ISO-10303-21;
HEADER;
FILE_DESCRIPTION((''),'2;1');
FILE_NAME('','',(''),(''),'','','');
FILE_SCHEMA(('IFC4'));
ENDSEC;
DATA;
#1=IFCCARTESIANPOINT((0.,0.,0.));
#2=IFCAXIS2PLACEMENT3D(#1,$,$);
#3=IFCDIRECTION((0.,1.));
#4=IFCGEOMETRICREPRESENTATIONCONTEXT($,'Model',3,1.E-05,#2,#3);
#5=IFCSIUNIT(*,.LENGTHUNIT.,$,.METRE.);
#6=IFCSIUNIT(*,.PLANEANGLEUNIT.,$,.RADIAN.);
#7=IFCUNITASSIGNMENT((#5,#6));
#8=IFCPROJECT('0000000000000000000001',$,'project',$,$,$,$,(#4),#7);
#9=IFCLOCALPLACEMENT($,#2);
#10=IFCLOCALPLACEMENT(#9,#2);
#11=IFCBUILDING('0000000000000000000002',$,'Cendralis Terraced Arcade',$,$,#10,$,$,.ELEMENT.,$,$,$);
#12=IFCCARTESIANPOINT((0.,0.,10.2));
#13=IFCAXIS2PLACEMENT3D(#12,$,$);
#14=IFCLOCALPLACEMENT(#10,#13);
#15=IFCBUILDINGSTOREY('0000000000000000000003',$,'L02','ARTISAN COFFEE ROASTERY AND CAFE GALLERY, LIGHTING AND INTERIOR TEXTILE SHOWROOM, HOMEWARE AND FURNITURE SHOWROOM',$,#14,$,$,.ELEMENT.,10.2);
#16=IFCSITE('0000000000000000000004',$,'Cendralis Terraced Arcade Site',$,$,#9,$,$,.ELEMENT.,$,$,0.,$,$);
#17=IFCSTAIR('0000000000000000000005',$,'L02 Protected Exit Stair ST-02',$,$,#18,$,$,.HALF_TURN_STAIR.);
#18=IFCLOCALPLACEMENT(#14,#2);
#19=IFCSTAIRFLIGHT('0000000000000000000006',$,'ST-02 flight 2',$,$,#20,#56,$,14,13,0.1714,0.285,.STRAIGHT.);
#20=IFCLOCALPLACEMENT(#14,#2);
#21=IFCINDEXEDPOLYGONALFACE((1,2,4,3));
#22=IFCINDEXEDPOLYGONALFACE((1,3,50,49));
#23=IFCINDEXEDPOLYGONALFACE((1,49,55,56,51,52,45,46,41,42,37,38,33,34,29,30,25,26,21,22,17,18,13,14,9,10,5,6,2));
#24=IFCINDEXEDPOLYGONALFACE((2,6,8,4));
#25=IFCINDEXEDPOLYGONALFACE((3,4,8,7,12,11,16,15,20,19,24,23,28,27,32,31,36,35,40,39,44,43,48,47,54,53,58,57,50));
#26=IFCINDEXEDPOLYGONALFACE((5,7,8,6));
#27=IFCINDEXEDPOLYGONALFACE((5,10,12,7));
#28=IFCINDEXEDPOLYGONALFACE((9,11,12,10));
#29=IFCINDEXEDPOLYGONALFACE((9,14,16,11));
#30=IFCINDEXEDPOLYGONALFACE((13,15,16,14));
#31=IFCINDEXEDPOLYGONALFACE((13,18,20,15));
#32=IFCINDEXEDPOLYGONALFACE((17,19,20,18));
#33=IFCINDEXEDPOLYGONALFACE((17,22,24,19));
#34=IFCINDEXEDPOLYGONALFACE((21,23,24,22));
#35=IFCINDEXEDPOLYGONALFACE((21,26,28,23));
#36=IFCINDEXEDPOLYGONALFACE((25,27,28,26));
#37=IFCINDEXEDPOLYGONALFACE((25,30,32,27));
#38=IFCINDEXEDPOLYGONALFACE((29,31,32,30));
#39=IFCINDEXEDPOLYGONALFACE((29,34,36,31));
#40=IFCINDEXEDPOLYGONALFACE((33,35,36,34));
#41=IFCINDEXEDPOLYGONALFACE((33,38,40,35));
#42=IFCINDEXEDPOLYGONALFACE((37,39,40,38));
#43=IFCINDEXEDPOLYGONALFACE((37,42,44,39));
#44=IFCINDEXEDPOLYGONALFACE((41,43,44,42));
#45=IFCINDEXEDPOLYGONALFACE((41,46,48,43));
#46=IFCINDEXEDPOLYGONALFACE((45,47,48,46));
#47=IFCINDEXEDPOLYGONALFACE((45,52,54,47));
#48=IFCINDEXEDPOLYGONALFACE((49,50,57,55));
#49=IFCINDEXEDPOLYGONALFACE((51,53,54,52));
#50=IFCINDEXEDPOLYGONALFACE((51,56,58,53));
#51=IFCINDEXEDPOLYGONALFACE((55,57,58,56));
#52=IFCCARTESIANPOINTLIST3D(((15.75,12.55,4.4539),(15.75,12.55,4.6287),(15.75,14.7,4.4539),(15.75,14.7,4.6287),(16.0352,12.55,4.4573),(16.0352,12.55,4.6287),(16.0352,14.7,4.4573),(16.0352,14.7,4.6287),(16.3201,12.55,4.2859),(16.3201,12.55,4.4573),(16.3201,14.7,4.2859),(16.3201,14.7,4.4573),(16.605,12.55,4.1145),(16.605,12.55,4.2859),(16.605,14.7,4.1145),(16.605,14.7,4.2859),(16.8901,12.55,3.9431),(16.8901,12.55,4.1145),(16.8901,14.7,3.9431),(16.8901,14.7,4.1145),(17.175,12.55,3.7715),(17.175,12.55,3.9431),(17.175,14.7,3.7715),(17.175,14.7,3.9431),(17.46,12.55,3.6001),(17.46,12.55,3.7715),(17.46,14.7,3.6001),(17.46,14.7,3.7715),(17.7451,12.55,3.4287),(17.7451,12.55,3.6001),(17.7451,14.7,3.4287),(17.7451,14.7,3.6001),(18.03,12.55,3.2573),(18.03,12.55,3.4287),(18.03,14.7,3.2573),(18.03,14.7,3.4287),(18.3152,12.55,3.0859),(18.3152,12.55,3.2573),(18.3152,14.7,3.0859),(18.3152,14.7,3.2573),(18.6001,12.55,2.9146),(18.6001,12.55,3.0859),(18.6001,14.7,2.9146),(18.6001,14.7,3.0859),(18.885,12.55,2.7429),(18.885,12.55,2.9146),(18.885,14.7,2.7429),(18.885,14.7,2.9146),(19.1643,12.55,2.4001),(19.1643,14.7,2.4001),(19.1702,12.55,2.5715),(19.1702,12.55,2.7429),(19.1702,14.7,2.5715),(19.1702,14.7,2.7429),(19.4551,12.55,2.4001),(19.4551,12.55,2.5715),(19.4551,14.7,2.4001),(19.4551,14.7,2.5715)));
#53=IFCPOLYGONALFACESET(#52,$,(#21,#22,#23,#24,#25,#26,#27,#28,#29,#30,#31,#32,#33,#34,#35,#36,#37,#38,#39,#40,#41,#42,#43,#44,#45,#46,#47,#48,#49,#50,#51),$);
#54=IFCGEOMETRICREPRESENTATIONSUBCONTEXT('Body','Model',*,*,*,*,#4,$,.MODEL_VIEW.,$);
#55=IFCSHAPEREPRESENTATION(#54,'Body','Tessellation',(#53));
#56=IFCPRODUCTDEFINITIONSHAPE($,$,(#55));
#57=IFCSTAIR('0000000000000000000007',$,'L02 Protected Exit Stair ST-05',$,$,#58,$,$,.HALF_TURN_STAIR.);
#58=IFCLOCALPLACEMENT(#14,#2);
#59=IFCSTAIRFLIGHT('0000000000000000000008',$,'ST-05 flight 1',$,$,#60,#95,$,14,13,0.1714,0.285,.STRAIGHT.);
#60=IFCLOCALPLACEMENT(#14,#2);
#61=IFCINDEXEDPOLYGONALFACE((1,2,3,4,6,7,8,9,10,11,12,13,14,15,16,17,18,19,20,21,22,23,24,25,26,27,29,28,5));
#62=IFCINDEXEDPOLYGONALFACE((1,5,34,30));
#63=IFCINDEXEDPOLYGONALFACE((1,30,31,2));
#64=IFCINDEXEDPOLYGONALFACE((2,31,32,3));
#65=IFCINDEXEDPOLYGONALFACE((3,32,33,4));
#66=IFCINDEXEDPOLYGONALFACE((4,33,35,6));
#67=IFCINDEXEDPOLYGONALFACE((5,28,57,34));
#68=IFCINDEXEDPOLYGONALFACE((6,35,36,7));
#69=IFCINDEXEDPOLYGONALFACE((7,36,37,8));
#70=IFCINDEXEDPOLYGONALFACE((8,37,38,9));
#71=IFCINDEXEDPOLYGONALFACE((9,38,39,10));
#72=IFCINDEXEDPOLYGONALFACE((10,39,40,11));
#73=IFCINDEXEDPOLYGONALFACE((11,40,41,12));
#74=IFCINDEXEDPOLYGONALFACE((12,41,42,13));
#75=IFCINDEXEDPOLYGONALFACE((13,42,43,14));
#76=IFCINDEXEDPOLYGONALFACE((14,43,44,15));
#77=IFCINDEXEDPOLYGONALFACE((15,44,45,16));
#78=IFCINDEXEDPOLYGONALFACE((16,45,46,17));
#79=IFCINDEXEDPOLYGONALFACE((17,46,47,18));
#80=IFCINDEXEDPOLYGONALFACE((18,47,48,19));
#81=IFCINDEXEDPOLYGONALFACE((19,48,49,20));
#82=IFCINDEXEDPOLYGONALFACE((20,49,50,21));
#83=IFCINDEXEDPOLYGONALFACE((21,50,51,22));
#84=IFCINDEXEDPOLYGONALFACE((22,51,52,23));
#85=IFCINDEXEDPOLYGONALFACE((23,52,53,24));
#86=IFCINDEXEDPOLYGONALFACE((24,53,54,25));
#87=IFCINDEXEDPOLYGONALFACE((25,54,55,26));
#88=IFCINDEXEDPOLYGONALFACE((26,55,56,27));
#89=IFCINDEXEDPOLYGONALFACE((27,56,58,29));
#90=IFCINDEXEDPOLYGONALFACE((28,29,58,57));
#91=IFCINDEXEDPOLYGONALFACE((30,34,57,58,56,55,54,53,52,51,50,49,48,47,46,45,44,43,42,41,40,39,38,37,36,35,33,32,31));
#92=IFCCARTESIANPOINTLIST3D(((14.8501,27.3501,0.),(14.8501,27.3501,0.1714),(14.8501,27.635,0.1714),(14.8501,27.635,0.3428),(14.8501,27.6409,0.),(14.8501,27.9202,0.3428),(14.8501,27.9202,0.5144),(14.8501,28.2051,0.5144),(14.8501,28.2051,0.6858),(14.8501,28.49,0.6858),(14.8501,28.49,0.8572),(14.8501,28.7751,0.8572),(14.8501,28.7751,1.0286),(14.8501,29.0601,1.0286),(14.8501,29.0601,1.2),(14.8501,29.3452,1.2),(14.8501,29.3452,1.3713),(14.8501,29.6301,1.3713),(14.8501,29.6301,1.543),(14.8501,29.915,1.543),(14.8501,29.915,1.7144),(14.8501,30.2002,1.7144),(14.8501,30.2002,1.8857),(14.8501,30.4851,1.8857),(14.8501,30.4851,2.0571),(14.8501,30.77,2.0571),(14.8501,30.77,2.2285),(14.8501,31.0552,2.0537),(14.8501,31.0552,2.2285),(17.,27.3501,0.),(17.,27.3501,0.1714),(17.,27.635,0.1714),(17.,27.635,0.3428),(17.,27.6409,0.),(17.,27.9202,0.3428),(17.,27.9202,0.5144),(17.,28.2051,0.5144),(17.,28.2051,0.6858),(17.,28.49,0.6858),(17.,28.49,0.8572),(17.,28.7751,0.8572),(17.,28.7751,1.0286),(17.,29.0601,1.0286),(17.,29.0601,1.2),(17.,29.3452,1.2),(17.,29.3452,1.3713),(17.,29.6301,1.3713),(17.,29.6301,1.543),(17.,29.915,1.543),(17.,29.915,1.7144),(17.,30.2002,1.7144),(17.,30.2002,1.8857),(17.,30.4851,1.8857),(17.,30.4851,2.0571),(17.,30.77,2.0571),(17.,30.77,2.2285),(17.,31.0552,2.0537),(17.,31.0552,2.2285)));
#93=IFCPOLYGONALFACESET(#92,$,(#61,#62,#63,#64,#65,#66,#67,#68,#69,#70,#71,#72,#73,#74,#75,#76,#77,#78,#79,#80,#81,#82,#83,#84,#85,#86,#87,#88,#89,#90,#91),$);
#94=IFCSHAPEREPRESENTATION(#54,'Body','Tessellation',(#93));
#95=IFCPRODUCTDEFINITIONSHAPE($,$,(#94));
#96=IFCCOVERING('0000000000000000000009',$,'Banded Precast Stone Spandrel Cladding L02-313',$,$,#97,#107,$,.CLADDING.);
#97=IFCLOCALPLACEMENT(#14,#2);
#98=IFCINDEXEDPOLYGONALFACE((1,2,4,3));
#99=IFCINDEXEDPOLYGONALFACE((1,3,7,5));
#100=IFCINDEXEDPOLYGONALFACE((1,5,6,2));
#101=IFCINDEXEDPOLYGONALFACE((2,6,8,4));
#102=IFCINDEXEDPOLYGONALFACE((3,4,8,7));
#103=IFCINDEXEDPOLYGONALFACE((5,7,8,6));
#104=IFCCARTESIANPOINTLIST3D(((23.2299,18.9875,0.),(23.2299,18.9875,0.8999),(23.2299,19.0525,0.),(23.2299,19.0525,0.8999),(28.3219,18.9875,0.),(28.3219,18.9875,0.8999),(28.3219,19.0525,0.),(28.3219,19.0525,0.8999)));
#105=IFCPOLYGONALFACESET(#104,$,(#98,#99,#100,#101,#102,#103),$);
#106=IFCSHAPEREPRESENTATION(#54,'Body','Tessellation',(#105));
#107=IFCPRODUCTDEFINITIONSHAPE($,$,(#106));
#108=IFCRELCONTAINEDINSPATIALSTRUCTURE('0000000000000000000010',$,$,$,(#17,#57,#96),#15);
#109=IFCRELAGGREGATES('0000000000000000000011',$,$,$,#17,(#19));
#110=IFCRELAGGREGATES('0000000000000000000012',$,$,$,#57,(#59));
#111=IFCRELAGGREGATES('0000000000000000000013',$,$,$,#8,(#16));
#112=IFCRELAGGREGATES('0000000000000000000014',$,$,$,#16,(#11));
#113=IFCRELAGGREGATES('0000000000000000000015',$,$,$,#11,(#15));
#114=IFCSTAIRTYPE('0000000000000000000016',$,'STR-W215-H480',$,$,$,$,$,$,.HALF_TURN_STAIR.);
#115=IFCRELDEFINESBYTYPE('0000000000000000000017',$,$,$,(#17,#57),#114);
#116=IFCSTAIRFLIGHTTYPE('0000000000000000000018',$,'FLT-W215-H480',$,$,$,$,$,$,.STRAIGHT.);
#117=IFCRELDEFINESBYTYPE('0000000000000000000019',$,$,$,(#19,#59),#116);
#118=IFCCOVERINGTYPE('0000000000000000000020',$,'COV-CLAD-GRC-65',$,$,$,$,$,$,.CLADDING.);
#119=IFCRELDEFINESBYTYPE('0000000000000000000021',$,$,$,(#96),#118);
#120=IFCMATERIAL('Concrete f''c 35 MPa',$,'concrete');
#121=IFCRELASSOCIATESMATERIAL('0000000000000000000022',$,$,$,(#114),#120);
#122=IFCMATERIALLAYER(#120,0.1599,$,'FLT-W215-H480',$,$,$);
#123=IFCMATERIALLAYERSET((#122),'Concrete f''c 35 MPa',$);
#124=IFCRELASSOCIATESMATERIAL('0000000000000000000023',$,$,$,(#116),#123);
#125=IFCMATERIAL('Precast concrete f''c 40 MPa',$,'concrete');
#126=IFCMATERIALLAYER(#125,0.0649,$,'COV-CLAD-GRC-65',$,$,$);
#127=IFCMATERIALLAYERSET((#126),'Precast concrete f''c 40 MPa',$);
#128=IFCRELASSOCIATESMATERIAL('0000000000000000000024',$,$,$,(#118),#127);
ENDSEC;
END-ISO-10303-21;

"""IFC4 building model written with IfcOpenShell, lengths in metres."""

from ifc_helpers import new_model, si_unit, direction, frame, origin, origin_2d, place, context, subcontext, project, spatial, polyline, rectangle, outline, extrude, material, layer, layer_set, type_object, element, aggregate, save


model = new_model("IFC4")

# Units and contexts
model_context = context("Model", 3, precision=1e-05, world=origin(), true_north=direction((0.0, 1.0)))
body_context = subcontext(model_context, "Body", "Model", "MODEL_VIEW")
ifc_project = project(units=[si_unit("LENGTHUNIT", "METRE"), si_unit("PLANEANGLEUNIT", "RADIAN")], contexts=[model_context])

# Site, building, storey
site_placement = place(None, origin())
site = spatial("IfcSite", under=ifc_project, at=site_placement, Name="Cendralis Terraced Arcade Site", CompositionType="ELEMENT", RefElevation=0.0)
building_placement = place(site_placement, origin())
building = spatial("IfcBuilding", under=site, at=building_placement, Name="Cendralis Terraced Arcade", CompositionType="ELEMENT")
storey_placement = place(building_placement, frame((0.0, 0.0, 10.2)))
storey = spatial("IfcBuildingStorey", under=building, at=storey_placement, Name="L02", Description="ARTISAN COFFEE ROASTERY AND CAFE GALLERY, LIGHTING AND INTERIOR TEXTILE SHOWROOM, HOMEWARE AND FURNITURE SHOWROOM", CompositionType="ELEMENT", Elevation=10.2)

# Shared definitions
ifc_material_1 = material(Name="Concrete f'c 35 MPa", Category="concrete")

# Shared definitions
ifc_material_2 = material(Name="Precast concrete f'c 40 MPa", Category="concrete")

# Stair, stair flight
stair_type = type_object("IfcStairType", Name="STR-W215-H480", PredefinedType="HALF_TURN_STAIR", material=ifc_material_1)
stair_1_placement = place(storey_placement, origin())
stair_1 = element("IfcStair", 1, at=stair_1_placement, inside=storey, type_object=stair_type, Name="L02 Protected Exit Stair ST-02", PredefinedType="HALF_TURN_STAIR")
ifc_layer_1 = layer(ifc_material_1, 0.1599, Name="FLT-W215-H480")
ifc_layer_set_1 = layer_set([ifc_layer_1], Name="Concrete f'c 35 MPa")
stair_flight_type = type_object("IfcStairFlightType", Name="FLT-W215-H480", PredefinedType="STRAIGHT", material=ifc_layer_set_1)
stair_flight_1_placement = place(storey_placement, frame((19.4551, 13.625, 2.4001), z_axis=(0.0, 0.0, 1.0), x_axis=(-1.0, 0.0, 0.0)))
stair_flight_1 = element("IfcStairFlight", 2, at=stair_flight_1_placement, type_object=stair_flight_type, Name="ST-02 flight 2", NumberOfRisers=14, NumberOfTreads=13, PredefinedType="STRAIGHT", RiserHeight=0.1714, TreadLength=0.285, context=body_context, shape_type="SweptSolid", body=[
    extrude(outline(polyline([(0.0, 0.0), (0.0, 0.1714), (0.2849, 0.1714), (0.2849, 0.3428), (0.5701, 0.3428), (0.5701, 0.5144), (0.855, 0.5144), (0.855, 0.6858), (1.1399, 0.6858), (1.1399, 0.8572), (1.425, 0.8572), (1.425, 1.0286), (1.71, 1.0286), (1.71, 1.2), (1.9951, 1.2), (1.9951, 1.3713), (2.28, 1.3713), (2.28, 1.543), (2.5649, 1.543), (2.5649, 1.7144), (2.8501, 1.7144), (2.8501, 1.8857), (3.135, 1.8857), (3.135, 2.0571), (3.4199, 2.0571), (3.4199, 2.2285), (3.7051, 2.2285), (3.7051, 2.3999), (3.7051, 2.0537), (0.2908, 0.0), (0.0, 0.0)])), frame((0.0, 1.075, 0.0), z_axis=(0.0, -1.0, 0.0), x_axis=(1.0, 0.0, 0.0)), (0.0, 0.0, 1.0), 2.1499),
])
aggregate(stair_1, [stair_flight_1])

# Stair, stair flight
stair_2_placement = place(storey_placement, origin())
stair_2 = element("IfcStair", 3, at=stair_2_placement, inside=storey, type_object=stair_type, Name="L02 Protected Exit Stair ST-05", PredefinedType="HALF_TURN_STAIR")
stair_flight_2_placement = place(storey_placement, frame((15.925, 27.3501, 0.0), z_axis=(0.0, 0.0, 1.0), x_axis=(0.0, 1.0, 0.0)))
stair_flight_2 = element("IfcStairFlight", 4, at=stair_flight_2_placement, type_object=stair_flight_type, Name="ST-05 flight 1", NumberOfRisers=14, NumberOfTreads=13, PredefinedType="STRAIGHT", RiserHeight=0.1714, TreadLength=0.285, context=body_context, shape_type="SweptSolid", body=[
    extrude(outline(polyline([(0.0, 0.0), (0.0, 0.1714), (0.2849, 0.1714), (0.2849, 0.3428), (0.5701, 0.3428), (0.5701, 0.5144), (0.855, 0.5144), (0.855, 0.6858), (1.1399, 0.6858), (1.1399, 0.8572), (1.425, 0.8572), (1.425, 1.0286), (1.71, 1.0286), (1.71, 1.2), (1.9951, 1.2), (1.9951, 1.3713), (2.28, 1.3713), (2.28, 1.543), (2.5649, 1.543), (2.5649, 1.7144), (2.8501, 1.7144), (2.8501, 1.8857), (3.135, 1.8857), (3.135, 2.0571), (3.4199, 2.0571), (3.4199, 2.2285), (3.7051, 2.2285), (3.7051, 2.3999), (3.7051, 2.0537), (0.2908, 0.0), (0.0, 0.0)])), frame((0.0, 1.075, 0.0), z_axis=(0.0, -1.0, 0.0), x_axis=(1.0, 0.0, 0.0)), (0.0, 0.0, 1.0), 2.1499),
])
aggregate(stair_2, [stair_flight_2])

# Covering
ifc_layer_2 = layer(ifc_material_2, 0.0649, Name="COV-CLAD-GRC-65")
ifc_layer_set_2 = layer_set([ifc_layer_2], Name="Precast concrete f'c 40 MPa")
covering_type = type_object("IfcCoveringType", Name="COV-CLAD-GRC-65", PredefinedType="CLADDING", material=ifc_layer_set_2)
covering_placement = place(storey_placement, frame((25.7759, 19.02, 0.0), z_axis=(0.0, 0.0, 1.0), x_axis=(-1.0, 0.0, 0.0)))
element("IfcCovering", 5, at=covering_placement, inside=storey, type_object=covering_type, Name="Banded Precast Stone Spandrel Cladding L02-313", PredefinedType="CLADDING", context=body_context, shape_type="SweptSolid", body=[
    extrude(rectangle(XDim=5.092, YDim=0.0649, at=origin_2d()), origin(), (0.0, 0.0, 1.0), 0.8999),
])

save(model, "model.ifc")
